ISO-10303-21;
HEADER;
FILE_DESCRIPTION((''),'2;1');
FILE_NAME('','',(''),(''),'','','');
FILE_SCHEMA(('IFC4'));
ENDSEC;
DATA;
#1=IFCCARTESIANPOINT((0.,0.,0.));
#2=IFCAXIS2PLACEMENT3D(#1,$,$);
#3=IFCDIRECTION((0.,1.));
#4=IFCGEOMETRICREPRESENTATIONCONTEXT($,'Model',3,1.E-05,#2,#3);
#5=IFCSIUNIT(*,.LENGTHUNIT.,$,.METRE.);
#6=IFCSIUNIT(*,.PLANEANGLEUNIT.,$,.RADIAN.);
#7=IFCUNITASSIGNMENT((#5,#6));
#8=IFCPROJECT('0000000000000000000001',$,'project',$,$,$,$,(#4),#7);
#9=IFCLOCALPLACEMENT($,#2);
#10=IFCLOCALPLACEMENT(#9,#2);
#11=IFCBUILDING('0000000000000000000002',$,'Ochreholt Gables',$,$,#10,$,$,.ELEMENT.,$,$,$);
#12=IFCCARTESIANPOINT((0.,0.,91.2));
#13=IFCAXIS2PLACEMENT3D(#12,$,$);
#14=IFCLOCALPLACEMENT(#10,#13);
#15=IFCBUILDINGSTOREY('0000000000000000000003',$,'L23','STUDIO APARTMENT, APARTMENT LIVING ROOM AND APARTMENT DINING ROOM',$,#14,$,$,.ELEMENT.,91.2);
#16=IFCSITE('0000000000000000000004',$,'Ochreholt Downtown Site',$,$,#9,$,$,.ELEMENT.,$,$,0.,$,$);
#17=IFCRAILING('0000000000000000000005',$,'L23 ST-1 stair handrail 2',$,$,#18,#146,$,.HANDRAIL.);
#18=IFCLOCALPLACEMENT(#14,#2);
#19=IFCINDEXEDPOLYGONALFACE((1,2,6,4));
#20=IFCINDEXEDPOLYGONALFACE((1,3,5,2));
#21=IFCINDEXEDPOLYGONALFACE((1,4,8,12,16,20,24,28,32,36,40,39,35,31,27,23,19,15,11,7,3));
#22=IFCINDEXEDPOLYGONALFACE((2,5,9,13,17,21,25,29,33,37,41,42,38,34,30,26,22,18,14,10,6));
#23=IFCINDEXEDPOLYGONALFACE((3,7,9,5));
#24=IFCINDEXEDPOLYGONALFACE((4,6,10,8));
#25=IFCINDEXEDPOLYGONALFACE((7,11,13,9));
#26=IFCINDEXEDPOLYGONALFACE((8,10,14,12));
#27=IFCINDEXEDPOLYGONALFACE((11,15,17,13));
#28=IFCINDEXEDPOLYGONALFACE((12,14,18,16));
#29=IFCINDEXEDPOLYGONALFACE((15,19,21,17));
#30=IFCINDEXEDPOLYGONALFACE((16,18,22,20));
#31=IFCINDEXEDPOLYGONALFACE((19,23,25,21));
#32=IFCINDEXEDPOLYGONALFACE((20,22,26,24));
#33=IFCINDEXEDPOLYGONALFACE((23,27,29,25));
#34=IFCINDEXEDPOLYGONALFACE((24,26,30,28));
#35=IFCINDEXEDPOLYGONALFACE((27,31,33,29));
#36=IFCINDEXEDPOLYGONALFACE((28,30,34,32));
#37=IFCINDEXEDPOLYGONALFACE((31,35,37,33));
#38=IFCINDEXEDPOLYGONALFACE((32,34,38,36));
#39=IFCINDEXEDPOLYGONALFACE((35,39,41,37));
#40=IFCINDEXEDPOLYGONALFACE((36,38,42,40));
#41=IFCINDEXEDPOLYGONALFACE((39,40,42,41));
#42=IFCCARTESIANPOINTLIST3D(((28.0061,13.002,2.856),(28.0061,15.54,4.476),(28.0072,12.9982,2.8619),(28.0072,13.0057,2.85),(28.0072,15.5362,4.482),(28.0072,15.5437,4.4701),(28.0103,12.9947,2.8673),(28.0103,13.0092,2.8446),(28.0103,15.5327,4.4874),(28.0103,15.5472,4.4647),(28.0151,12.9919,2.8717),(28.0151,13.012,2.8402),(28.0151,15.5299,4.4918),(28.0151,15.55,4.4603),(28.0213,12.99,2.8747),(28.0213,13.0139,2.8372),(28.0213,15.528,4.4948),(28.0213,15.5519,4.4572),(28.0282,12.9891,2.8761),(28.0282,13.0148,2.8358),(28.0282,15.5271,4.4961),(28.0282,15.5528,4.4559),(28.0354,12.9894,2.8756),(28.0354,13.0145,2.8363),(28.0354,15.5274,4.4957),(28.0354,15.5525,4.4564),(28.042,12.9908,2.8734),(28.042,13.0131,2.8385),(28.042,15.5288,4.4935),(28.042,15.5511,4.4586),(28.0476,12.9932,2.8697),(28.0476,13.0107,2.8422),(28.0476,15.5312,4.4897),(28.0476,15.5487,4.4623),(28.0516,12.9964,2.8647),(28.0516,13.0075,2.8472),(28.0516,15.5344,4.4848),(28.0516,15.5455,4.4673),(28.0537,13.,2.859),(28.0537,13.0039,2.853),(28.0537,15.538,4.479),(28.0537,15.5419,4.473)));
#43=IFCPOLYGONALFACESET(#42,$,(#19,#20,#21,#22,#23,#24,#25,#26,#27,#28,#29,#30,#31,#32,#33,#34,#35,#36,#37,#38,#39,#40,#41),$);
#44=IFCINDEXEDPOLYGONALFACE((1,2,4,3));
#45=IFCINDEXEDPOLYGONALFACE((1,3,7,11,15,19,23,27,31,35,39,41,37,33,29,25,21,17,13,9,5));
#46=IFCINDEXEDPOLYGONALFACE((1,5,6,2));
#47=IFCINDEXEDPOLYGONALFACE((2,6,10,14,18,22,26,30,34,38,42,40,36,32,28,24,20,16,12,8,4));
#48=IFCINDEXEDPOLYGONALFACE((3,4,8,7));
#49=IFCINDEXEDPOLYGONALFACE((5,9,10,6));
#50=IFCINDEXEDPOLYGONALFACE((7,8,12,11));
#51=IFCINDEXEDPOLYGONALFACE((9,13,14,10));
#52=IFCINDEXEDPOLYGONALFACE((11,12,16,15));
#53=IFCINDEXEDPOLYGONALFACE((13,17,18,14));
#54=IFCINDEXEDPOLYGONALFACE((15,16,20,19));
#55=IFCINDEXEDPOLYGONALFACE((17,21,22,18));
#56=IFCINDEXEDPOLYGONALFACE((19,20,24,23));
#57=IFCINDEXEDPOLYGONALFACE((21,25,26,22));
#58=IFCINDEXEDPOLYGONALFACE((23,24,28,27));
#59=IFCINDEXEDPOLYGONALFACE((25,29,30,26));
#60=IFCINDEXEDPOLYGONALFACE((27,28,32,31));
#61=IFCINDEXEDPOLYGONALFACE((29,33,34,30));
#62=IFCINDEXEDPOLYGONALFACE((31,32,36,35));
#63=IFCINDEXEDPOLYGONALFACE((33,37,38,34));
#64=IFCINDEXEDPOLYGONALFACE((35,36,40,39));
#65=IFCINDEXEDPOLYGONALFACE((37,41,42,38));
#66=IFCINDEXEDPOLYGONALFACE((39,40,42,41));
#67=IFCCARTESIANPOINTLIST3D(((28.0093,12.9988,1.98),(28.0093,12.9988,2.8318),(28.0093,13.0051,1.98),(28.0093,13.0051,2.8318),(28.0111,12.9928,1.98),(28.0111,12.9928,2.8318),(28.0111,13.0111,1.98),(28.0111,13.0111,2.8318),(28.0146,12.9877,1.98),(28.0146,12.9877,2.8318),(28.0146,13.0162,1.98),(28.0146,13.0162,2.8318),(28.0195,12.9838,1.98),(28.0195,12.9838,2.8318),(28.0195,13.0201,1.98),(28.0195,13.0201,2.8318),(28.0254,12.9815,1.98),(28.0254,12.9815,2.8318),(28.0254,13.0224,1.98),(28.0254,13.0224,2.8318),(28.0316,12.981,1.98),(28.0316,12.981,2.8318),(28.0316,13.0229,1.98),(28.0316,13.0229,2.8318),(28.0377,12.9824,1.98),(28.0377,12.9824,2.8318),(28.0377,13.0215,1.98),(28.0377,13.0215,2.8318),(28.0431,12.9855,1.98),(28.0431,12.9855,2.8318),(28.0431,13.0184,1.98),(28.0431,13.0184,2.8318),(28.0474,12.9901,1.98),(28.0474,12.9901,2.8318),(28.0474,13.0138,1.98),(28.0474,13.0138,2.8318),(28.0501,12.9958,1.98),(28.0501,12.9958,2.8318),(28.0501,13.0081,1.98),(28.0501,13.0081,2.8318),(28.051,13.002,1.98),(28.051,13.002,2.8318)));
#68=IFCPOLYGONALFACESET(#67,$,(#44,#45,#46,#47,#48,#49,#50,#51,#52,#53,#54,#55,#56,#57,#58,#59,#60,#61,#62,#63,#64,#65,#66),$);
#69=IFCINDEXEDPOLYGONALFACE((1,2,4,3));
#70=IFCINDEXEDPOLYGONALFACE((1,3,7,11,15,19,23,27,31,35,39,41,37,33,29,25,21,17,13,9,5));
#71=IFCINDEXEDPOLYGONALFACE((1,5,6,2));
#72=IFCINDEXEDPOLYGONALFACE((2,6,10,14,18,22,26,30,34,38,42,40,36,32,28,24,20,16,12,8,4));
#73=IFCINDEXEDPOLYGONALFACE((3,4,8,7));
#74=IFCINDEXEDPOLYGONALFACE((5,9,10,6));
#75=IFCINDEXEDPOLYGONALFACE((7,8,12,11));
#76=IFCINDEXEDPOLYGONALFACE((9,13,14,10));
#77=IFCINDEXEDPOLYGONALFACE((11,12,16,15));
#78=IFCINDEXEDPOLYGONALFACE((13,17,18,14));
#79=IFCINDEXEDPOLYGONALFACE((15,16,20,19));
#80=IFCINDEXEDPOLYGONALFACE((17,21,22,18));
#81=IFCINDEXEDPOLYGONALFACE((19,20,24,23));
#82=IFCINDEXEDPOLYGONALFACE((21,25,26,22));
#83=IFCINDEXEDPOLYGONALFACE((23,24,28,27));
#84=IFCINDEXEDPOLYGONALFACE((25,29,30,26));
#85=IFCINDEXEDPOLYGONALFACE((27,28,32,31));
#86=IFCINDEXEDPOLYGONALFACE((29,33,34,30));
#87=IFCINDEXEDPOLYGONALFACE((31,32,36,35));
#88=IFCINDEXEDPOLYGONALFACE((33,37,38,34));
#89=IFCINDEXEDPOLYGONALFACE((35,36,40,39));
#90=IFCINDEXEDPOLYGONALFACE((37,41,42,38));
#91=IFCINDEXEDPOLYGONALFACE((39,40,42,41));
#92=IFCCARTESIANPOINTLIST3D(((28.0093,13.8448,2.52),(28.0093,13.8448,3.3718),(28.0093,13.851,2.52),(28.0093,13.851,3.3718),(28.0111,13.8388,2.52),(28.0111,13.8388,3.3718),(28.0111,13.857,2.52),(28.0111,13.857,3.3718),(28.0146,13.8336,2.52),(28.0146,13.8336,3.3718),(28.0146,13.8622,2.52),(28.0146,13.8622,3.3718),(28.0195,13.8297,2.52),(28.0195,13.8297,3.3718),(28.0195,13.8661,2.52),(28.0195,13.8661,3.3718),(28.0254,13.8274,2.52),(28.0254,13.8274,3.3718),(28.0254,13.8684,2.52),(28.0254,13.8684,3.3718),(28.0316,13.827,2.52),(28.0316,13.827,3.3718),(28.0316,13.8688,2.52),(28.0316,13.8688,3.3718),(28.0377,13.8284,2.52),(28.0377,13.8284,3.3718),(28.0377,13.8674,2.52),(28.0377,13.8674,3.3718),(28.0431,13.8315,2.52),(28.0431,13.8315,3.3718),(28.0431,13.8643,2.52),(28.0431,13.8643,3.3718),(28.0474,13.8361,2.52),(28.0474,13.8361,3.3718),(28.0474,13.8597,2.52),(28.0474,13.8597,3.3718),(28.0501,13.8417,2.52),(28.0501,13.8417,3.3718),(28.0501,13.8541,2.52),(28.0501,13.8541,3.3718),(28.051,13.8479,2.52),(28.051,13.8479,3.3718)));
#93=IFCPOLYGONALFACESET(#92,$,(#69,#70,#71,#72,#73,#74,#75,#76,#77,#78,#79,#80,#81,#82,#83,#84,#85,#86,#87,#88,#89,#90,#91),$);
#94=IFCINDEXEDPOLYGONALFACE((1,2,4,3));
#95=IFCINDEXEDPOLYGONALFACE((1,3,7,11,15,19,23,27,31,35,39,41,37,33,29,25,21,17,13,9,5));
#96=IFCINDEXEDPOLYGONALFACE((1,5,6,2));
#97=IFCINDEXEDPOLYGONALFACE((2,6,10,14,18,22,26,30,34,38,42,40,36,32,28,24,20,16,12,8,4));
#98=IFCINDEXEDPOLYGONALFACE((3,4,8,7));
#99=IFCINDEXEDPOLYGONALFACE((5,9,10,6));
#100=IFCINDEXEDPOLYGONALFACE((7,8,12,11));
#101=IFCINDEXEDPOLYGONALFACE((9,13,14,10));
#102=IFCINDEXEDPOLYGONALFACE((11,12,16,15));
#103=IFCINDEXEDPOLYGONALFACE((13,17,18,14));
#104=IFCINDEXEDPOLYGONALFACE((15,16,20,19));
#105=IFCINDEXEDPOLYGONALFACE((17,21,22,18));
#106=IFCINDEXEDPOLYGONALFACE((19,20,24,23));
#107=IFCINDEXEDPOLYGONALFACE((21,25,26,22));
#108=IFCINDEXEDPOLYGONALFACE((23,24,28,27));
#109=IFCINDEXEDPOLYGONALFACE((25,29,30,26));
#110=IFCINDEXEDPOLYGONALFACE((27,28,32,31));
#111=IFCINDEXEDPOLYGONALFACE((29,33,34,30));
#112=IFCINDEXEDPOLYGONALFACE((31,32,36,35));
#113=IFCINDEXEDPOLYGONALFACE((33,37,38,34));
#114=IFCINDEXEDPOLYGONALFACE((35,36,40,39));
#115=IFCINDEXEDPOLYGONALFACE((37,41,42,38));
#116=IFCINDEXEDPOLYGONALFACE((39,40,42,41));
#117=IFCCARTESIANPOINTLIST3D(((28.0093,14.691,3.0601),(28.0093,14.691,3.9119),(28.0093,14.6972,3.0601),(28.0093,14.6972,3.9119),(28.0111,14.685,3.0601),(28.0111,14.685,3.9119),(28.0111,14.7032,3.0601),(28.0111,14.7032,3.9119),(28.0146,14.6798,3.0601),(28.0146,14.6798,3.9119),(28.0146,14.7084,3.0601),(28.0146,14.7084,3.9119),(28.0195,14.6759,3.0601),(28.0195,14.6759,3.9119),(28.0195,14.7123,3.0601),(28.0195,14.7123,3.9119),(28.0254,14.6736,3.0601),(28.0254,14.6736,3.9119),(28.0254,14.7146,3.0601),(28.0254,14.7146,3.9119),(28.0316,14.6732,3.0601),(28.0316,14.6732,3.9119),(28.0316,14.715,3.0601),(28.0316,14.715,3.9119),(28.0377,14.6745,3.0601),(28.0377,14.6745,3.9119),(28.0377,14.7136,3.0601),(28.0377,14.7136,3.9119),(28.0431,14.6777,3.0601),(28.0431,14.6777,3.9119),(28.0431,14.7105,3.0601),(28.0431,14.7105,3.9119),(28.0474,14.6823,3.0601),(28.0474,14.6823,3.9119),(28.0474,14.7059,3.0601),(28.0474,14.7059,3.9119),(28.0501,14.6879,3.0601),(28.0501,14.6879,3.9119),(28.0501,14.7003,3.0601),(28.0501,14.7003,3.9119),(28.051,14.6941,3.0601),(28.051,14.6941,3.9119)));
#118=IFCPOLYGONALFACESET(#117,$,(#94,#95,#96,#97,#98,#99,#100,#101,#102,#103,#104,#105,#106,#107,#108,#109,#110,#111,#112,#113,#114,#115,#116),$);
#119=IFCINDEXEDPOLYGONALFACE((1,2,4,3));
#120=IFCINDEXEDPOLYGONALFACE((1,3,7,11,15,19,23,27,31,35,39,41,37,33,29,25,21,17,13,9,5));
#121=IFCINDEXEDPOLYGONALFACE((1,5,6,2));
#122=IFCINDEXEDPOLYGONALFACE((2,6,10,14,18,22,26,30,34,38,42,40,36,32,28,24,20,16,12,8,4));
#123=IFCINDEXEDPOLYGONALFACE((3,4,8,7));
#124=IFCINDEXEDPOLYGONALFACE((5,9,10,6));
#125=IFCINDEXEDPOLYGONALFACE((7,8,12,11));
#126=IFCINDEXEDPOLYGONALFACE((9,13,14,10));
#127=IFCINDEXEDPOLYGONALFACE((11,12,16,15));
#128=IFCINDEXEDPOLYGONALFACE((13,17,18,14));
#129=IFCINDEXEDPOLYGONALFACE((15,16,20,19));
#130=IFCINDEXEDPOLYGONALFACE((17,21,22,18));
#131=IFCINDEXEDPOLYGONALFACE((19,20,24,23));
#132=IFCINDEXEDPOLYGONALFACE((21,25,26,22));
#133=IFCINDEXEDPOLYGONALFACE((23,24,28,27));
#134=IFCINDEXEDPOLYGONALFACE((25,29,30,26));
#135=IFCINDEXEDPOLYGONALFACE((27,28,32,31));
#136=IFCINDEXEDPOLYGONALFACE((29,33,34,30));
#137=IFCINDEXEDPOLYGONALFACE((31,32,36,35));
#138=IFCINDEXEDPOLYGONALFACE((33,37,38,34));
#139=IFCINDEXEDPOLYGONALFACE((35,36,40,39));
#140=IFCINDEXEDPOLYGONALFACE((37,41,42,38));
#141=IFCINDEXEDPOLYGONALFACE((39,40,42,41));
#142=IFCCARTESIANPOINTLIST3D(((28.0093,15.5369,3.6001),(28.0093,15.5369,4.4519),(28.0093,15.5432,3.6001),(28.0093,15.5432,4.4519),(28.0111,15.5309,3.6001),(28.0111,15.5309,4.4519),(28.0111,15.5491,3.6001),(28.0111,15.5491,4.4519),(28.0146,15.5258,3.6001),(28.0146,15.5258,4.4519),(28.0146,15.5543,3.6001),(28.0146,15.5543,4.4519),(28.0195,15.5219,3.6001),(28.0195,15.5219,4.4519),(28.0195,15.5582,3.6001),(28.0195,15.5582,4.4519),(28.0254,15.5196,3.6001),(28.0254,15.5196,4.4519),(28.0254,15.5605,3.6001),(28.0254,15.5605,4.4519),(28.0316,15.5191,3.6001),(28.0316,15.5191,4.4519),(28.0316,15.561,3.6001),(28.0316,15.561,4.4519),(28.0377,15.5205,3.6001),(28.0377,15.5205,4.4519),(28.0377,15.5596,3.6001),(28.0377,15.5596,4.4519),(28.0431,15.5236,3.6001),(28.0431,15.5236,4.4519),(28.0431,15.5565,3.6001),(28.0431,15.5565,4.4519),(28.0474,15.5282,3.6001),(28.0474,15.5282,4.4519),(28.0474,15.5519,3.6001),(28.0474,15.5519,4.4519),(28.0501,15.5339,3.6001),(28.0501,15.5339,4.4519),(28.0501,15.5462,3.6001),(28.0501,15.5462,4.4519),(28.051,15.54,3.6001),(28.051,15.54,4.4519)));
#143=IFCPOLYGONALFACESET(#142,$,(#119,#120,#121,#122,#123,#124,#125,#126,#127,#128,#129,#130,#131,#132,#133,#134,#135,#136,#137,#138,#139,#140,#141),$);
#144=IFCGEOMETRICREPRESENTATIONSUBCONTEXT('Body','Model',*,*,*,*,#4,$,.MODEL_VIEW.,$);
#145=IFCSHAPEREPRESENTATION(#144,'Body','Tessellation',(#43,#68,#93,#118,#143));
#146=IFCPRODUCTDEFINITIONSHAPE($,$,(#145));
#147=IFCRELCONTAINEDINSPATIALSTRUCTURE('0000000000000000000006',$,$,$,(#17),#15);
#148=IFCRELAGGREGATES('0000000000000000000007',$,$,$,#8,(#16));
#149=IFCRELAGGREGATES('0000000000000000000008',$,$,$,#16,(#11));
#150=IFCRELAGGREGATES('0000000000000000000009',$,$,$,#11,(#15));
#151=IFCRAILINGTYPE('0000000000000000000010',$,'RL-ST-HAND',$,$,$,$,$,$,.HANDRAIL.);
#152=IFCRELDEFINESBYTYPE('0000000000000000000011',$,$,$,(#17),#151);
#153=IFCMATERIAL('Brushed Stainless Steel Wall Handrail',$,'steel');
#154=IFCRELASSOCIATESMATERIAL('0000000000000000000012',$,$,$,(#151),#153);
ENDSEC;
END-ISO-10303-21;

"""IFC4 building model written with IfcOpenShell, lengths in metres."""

from ifc_helpers import new_model, si_unit, direction, frame, origin, origin_2d, place, context, subcontext, project, spatial, circle, extrude, material, type_object, element, save


model = new_model("IFC4")

# Units and contexts
model_context = context("Model", 3, precision=1e-05, world=origin(), true_north=direction((0.0, 1.0)))
body_context = subcontext(model_context, "Body", "Model", "MODEL_VIEW")
ifc_project = project(units=[si_unit("LENGTHUNIT", "METRE"), si_unit("PLANEANGLEUNIT", "RADIAN")], contexts=[model_context])

# Site, building, storey
site_placement = place(None, origin())
site = spatial("IfcSite", under=ifc_project, at=site_placement, Name="Ochreholt Downtown Site", CompositionType="ELEMENT", RefElevation=0.0)
building_placement = place(site_placement, origin())
building = spatial("IfcBuilding", under=site, at=building_placement, Name="Ochreholt Gables", CompositionType="ELEMENT")
storey_placement = place(building_placement, frame((0.0, 0.0, 91.2)))
storey = spatial("IfcBuildingStorey", under=building, at=storey_placement, Name="L23", Description="STUDIO APARTMENT, APARTMENT LIVING ROOM AND APARTMENT DINING ROOM", CompositionType="ELEMENT", Elevation=91.2)

# Railing
ifc_material_1 = material(Name="Brushed Stainless Steel Wall Handrail", Category="steel")
railing_type_1 = type_object("IfcRailingType", Name="RL-ST-HAND", PredefinedType="HANDRAIL", material=ifc_material_1)
railing_1_placement = place(storey_placement, frame((28.03, 13.002, 1.98)))
element("IfcRailing", 1, at=railing_1_placement, inside=storey, type_object=railing_type_1, Name="L23 ST-1 stair handrail 2", PredefinedType="HANDRAIL", context=body_context, shape_type="SweptSolid", body=[
    extrude(circle(Radius=0.0239, at=origin_2d()), frame((0.0, 0.0, 0.876), z_axis=(0.0, 0.842913, 0.53805), x_axis=(-1.0, 0.0, 0.0)), (0.0, 0.0, 1.0), 3.011),
    extrude(circle(Radius=0.021, at=origin_2d()), origin(), (0.0, 0.0, 1.0), 0.8518),
    extrude(circle(Radius=0.021, at=origin_2d()), frame((0.0, 0.8459, 0.54)), (0.0, 0.0, 1.0), 0.8518),
    extrude(circle(Radius=0.021, at=origin_2d()), frame((0.0, 1.6921, 1.0801)), (0.0, 0.0, 1.0), 0.8518),
    extrude(circle(Radius=0.021, at=origin_2d()), frame((0.0, 2.5381, 1.6201)), (0.0, 0.0, 1.0), 0.8518),
])

save(model, "model.ifc")
